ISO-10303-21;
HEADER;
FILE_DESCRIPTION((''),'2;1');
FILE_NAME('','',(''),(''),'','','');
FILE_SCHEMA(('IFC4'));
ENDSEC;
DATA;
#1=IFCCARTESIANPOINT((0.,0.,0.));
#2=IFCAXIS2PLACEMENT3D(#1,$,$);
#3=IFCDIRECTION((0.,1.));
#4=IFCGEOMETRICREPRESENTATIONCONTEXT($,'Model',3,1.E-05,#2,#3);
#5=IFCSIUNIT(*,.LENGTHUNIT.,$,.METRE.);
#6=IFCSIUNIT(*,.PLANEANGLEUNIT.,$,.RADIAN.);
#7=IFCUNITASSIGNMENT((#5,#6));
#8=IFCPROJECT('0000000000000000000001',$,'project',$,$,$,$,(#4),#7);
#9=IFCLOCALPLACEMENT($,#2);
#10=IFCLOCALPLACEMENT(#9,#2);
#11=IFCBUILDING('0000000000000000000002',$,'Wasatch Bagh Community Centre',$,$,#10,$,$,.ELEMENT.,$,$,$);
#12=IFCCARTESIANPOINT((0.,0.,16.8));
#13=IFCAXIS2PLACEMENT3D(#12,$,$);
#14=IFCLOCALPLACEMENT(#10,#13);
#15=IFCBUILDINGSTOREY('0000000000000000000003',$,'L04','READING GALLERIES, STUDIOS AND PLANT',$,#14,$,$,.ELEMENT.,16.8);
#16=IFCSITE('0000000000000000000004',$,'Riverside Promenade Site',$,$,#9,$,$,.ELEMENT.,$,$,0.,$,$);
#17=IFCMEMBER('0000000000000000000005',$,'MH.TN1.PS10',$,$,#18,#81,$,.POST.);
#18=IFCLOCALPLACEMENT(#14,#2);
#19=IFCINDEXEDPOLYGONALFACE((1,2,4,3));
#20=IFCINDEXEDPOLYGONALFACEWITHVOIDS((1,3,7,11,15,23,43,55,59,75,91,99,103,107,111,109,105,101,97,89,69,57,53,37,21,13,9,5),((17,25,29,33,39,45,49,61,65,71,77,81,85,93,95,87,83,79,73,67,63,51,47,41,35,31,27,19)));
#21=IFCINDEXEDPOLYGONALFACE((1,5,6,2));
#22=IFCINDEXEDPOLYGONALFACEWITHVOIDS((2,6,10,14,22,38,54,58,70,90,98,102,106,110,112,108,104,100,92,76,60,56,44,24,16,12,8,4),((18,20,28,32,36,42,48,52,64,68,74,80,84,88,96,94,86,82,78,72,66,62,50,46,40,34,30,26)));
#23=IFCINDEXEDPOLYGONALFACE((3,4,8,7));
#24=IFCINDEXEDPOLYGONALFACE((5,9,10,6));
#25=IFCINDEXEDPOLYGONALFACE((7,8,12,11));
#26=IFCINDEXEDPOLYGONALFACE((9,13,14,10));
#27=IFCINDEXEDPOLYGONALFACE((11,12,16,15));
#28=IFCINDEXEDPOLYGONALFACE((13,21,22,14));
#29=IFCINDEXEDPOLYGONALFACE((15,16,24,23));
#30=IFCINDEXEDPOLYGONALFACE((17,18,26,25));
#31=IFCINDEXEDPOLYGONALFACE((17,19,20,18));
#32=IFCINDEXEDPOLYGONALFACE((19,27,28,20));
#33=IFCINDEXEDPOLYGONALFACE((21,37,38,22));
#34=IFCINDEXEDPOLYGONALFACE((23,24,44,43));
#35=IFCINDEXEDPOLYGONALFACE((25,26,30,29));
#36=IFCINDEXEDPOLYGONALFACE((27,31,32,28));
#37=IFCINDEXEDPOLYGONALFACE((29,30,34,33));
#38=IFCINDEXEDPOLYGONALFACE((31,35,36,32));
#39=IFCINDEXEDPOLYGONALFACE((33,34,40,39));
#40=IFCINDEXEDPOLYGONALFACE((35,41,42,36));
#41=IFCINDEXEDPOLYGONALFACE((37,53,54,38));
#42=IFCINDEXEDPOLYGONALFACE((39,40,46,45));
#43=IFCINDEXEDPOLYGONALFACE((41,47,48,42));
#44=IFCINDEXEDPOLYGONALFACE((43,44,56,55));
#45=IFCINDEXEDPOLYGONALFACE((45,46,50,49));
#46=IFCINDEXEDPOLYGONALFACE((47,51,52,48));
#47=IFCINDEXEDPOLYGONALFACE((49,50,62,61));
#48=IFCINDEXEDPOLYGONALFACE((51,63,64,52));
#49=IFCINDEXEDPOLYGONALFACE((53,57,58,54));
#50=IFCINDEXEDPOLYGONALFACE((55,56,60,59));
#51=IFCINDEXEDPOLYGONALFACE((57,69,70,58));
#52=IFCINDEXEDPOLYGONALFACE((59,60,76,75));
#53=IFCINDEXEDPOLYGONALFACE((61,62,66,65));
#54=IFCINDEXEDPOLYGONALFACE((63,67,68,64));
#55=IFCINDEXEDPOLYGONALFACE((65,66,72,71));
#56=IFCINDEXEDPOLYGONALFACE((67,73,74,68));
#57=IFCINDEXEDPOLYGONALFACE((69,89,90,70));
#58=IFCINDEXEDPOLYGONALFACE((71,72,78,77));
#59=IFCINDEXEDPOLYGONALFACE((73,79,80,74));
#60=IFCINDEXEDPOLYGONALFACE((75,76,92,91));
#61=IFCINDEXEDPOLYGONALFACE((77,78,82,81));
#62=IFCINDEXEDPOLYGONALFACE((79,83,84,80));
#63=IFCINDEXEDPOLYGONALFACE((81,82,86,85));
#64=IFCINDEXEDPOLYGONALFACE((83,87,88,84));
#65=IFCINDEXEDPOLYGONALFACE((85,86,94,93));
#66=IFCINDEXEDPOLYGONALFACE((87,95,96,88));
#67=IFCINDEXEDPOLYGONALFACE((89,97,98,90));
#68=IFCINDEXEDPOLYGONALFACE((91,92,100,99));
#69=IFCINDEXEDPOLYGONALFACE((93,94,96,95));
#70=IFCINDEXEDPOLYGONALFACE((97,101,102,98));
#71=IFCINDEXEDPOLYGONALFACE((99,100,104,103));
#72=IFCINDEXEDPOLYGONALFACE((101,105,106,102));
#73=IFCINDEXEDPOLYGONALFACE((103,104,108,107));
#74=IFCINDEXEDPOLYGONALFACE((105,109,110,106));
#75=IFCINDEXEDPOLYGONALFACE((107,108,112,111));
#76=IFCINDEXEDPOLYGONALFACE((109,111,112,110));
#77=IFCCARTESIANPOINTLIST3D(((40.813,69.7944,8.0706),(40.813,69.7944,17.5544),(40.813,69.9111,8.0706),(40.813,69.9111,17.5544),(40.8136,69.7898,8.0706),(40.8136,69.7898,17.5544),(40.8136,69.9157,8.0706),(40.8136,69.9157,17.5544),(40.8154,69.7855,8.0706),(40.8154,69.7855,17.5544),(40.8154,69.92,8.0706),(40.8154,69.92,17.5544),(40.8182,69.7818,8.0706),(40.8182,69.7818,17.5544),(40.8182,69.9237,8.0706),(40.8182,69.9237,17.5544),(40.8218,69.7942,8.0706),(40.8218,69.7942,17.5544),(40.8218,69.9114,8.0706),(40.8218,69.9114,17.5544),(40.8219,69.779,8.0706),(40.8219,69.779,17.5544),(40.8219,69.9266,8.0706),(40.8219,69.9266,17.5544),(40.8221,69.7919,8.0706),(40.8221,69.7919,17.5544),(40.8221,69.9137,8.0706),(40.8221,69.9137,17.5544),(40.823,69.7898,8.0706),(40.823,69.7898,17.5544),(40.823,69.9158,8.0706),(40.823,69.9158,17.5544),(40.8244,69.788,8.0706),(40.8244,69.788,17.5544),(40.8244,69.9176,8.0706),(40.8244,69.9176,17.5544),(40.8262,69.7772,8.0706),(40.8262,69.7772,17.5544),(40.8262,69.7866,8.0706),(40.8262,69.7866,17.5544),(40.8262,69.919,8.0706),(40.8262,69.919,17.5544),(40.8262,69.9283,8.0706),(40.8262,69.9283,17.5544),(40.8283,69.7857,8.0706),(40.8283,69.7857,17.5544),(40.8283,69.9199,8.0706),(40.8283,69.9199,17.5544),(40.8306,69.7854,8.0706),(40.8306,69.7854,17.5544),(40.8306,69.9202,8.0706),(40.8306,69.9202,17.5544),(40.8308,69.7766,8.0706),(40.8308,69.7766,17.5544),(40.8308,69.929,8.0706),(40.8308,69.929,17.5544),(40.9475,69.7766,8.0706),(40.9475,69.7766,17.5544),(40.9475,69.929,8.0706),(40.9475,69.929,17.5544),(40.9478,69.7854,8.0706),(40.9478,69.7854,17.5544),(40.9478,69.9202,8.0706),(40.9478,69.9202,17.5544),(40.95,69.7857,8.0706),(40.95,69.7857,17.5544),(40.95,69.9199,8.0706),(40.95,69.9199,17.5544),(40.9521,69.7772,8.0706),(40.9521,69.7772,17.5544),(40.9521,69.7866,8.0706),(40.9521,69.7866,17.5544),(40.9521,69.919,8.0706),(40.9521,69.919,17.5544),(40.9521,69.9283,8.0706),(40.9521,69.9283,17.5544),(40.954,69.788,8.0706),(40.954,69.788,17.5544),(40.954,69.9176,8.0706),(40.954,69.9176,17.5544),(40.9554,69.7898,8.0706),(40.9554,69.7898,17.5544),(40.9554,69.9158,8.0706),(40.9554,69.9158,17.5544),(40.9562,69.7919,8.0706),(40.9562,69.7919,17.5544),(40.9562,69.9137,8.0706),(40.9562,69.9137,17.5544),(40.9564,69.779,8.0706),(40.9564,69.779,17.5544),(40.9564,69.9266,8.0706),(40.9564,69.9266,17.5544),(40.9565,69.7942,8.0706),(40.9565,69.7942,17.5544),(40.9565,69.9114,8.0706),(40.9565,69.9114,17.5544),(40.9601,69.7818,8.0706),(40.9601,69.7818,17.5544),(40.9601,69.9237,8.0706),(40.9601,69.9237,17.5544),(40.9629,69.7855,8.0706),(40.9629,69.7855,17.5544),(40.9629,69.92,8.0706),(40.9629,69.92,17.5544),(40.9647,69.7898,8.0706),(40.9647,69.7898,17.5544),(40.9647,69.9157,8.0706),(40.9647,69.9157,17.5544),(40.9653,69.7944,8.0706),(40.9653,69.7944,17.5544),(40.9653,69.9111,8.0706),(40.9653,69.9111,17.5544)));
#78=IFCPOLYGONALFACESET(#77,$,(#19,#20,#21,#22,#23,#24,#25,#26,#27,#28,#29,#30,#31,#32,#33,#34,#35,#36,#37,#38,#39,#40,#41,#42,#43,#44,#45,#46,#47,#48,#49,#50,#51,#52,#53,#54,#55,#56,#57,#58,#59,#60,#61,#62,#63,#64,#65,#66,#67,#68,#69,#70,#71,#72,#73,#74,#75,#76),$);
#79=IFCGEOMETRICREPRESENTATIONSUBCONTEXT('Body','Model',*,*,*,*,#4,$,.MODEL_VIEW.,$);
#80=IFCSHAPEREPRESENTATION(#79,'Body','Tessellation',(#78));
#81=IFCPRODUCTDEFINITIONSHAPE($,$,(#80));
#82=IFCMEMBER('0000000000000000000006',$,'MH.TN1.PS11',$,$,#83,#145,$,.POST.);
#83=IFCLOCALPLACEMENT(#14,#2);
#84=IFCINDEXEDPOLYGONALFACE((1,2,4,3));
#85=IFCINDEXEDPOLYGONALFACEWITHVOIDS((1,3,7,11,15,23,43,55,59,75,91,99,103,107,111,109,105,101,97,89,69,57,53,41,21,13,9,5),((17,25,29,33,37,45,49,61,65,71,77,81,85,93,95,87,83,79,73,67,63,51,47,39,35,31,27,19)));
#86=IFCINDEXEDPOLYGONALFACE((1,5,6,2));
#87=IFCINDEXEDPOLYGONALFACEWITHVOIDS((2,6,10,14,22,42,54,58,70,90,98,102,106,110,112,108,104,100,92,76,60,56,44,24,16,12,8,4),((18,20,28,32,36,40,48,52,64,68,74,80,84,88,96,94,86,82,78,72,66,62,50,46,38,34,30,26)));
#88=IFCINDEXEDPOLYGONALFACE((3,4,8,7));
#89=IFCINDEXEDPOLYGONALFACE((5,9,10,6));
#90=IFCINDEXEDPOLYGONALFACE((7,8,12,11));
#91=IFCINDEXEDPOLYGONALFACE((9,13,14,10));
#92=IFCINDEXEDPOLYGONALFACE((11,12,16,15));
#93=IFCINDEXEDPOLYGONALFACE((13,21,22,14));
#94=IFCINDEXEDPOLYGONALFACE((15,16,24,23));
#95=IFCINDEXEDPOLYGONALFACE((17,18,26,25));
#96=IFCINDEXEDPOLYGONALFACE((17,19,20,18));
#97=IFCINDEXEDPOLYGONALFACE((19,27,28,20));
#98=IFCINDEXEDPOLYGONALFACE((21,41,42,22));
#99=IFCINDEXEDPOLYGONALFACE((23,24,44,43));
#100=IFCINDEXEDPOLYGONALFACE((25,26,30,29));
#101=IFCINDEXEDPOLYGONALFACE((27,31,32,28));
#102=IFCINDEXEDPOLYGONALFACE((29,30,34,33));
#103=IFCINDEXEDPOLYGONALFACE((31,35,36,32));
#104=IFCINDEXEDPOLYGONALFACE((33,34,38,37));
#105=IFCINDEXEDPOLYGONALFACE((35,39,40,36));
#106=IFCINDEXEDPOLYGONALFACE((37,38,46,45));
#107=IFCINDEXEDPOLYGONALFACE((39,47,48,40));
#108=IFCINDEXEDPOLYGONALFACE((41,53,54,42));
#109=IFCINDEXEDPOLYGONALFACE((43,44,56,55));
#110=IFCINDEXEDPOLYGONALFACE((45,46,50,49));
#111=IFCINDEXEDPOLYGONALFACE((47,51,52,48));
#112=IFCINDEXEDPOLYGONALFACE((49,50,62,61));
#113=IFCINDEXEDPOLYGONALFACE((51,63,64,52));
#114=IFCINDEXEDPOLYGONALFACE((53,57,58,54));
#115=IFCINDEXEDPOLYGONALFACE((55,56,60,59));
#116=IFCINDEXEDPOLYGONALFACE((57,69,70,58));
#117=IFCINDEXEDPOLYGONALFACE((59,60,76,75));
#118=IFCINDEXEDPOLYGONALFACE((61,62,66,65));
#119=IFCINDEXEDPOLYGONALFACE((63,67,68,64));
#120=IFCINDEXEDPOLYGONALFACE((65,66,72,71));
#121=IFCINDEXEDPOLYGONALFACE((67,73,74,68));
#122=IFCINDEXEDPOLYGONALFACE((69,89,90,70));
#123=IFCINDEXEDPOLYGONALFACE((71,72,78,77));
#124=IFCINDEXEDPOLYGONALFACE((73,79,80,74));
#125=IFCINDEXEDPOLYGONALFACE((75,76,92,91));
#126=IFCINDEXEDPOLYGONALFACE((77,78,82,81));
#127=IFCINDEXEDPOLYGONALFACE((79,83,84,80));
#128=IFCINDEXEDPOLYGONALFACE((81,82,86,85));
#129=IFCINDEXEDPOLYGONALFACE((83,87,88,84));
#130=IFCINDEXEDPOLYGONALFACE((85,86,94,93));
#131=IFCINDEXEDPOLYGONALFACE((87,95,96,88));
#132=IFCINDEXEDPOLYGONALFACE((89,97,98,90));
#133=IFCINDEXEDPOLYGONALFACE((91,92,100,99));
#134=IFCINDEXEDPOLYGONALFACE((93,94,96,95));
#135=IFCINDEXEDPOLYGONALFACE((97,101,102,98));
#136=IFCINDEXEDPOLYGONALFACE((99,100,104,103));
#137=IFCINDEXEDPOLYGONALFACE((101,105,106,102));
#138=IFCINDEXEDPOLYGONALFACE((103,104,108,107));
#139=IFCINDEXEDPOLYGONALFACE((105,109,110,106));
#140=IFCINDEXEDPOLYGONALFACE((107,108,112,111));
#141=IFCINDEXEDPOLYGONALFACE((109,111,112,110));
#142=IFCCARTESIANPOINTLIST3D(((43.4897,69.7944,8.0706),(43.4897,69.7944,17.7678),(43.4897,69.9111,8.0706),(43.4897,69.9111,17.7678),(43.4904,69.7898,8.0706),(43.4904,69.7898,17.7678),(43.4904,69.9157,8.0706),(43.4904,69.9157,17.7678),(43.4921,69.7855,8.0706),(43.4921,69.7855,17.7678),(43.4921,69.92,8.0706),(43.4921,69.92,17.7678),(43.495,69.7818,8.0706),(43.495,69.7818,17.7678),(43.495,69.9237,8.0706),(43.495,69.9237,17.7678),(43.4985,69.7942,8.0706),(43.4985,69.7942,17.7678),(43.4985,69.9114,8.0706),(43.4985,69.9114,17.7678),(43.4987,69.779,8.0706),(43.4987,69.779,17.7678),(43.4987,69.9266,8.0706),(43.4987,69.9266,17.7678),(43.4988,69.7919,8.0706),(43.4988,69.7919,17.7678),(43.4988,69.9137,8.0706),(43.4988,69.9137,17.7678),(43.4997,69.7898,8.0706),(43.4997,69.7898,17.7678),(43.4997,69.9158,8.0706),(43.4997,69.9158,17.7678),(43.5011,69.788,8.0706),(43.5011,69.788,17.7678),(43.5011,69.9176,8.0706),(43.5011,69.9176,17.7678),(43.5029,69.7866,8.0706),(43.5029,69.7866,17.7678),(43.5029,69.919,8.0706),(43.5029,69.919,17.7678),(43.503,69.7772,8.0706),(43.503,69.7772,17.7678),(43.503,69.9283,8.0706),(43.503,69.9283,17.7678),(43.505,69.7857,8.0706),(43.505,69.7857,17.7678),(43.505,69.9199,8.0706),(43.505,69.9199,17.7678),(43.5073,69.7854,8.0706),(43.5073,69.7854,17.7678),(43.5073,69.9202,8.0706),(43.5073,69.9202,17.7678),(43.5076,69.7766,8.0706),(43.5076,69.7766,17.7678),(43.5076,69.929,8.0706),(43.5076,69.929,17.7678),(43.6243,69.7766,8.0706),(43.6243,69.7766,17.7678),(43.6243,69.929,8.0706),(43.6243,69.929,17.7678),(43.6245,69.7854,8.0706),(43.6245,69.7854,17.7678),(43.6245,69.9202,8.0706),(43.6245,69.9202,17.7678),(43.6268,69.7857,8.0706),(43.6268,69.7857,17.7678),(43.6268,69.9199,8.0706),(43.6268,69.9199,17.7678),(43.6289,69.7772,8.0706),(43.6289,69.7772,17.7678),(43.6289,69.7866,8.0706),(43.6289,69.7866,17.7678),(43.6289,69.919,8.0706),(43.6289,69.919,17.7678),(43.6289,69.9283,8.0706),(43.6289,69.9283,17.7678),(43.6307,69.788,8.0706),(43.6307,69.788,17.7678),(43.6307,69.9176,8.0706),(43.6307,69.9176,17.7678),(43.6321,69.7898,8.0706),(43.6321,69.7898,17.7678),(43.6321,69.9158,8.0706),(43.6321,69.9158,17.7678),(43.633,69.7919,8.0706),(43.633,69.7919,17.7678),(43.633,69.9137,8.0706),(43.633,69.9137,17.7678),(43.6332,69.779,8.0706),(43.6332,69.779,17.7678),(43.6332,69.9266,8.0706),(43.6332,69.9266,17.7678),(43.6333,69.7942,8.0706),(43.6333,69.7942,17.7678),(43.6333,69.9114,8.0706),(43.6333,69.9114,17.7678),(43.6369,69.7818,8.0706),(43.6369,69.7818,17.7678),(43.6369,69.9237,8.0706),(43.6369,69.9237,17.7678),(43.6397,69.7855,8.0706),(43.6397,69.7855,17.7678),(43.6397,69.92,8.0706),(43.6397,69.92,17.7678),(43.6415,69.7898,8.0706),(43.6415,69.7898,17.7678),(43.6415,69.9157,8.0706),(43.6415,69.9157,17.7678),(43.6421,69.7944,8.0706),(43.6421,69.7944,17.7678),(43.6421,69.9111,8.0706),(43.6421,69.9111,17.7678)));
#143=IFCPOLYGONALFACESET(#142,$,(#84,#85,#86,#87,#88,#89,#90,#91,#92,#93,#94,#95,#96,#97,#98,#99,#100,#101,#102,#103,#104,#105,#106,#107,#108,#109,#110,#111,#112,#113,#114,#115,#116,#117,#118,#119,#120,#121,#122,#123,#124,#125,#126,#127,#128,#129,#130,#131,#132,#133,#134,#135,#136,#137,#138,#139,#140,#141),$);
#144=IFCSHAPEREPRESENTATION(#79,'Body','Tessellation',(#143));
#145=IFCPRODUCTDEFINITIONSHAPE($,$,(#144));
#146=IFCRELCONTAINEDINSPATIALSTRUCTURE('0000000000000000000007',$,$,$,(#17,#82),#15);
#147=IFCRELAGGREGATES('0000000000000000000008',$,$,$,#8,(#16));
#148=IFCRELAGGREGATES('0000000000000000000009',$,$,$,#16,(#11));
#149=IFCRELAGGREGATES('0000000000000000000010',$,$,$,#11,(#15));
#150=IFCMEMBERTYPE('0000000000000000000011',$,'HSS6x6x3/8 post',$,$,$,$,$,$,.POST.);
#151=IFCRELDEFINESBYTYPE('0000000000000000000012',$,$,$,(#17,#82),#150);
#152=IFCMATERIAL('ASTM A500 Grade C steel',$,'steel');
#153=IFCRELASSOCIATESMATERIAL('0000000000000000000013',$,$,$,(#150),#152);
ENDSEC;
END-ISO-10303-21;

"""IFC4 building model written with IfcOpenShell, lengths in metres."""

from ifc_helpers import new_model, si_unit, direction, frame, origin, origin_2d, place, context, subcontext, project, spatial, hollow_rectangle, extrude, material, material_profile, profile_set, type_object, element, save


model = new_model("IFC4")

# Units and contexts
model_context = context("Model", 3, precision=1e-05, world=origin(), true_north=direction((0.0, 1.0)))
body_context = subcontext(model_context, "Body", "Model", "MODEL_VIEW")
ifc_project = project(units=[si_unit("LENGTHUNIT", "METRE"), si_unit("PLANEANGLEUNIT", "RADIAN")], contexts=[model_context])

# Site, building, storey
site_placement = place(None, origin())
site = spatial("IfcSite", under=ifc_project, at=site_placement, Name="Riverside Promenade Site", CompositionType="ELEMENT", RefElevation=0.0)
building_placement = place(site_placement, origin())
building = spatial("IfcBuilding", under=site, at=building_placement, Name="Wasatch Bagh Community Centre", CompositionType="ELEMENT")
storey_placement = place(building_placement, frame((0.0, 0.0, 16.8)))
storey = spatial("IfcBuildingStorey", under=building, at=storey_placement, Name="L04", Description="READING GALLERIES, STUDIOS AND PLANT", CompositionType="ELEMENT", Elevation=16.8)

# Members
ifc_material_1 = material(Name="ASTM A500 Grade C steel", Category="steel")
ifc_material_profile_1 = material_profile(ifc_material_1, hollow_rectangle(XDim=0.1523, YDim=0.1523, WallThickness=0.0088, InnerFilletRadius=0.0088, OuterFilletRadius=0.0178, at=origin_2d()), Name="HSS6x6x3/8")
ifc_profile_set_1 = profile_set([ifc_material_profile_1], Name="ASTM A500 Grade C steel")
member_type_1 = type_object("IfcMemberType", Name="HSS6x6x3/8 post", PredefinedType="POST", material=ifc_profile_set_1)
member_1_placement = place(storey_placement, frame((40.8892, 69.8528, 8.0706), z_axis=(0.0, 0.0, 1.0), x_axis=(1.0, 0.0, 0.0)))
element("IfcMember", 1, at=member_1_placement, inside=storey, type_object=member_type_1, Name="MH.TN1.PS10", PredefinedType="POST", context=body_context, shape_type="SweptSolid", body=[
    extrude(hollow_rectangle(XDim=0.1523, YDim=0.1523, WallThickness=0.0088, InnerFilletRadius=0.0088, OuterFilletRadius=0.0178, at=origin_2d()), origin(), (0.0, 0.0, 1.0), 9.4839),
])
member_2_placement = place(storey_placement, frame((43.5659, 69.8528, 8.0706), z_axis=(0.0, 0.0, 1.0), x_axis=(1.0, 0.0, 0.0)))
element("IfcMember", 2, at=member_2_placement, inside=storey, type_object=member_type_1, Name="MH.TN1.PS11", PredefinedType="POST", context=body_context, shape_type="SweptSolid", body=[
    extrude(hollow_rectangle(XDim=0.1523, YDim=0.1523, WallThickness=0.0088, InnerFilletRadius=0.0088, OuterFilletRadius=0.0178, at=origin_2d()), origin(), (0.0, 0.0, 1.0), 9.6973),
])

save(model, "model.ifc")
